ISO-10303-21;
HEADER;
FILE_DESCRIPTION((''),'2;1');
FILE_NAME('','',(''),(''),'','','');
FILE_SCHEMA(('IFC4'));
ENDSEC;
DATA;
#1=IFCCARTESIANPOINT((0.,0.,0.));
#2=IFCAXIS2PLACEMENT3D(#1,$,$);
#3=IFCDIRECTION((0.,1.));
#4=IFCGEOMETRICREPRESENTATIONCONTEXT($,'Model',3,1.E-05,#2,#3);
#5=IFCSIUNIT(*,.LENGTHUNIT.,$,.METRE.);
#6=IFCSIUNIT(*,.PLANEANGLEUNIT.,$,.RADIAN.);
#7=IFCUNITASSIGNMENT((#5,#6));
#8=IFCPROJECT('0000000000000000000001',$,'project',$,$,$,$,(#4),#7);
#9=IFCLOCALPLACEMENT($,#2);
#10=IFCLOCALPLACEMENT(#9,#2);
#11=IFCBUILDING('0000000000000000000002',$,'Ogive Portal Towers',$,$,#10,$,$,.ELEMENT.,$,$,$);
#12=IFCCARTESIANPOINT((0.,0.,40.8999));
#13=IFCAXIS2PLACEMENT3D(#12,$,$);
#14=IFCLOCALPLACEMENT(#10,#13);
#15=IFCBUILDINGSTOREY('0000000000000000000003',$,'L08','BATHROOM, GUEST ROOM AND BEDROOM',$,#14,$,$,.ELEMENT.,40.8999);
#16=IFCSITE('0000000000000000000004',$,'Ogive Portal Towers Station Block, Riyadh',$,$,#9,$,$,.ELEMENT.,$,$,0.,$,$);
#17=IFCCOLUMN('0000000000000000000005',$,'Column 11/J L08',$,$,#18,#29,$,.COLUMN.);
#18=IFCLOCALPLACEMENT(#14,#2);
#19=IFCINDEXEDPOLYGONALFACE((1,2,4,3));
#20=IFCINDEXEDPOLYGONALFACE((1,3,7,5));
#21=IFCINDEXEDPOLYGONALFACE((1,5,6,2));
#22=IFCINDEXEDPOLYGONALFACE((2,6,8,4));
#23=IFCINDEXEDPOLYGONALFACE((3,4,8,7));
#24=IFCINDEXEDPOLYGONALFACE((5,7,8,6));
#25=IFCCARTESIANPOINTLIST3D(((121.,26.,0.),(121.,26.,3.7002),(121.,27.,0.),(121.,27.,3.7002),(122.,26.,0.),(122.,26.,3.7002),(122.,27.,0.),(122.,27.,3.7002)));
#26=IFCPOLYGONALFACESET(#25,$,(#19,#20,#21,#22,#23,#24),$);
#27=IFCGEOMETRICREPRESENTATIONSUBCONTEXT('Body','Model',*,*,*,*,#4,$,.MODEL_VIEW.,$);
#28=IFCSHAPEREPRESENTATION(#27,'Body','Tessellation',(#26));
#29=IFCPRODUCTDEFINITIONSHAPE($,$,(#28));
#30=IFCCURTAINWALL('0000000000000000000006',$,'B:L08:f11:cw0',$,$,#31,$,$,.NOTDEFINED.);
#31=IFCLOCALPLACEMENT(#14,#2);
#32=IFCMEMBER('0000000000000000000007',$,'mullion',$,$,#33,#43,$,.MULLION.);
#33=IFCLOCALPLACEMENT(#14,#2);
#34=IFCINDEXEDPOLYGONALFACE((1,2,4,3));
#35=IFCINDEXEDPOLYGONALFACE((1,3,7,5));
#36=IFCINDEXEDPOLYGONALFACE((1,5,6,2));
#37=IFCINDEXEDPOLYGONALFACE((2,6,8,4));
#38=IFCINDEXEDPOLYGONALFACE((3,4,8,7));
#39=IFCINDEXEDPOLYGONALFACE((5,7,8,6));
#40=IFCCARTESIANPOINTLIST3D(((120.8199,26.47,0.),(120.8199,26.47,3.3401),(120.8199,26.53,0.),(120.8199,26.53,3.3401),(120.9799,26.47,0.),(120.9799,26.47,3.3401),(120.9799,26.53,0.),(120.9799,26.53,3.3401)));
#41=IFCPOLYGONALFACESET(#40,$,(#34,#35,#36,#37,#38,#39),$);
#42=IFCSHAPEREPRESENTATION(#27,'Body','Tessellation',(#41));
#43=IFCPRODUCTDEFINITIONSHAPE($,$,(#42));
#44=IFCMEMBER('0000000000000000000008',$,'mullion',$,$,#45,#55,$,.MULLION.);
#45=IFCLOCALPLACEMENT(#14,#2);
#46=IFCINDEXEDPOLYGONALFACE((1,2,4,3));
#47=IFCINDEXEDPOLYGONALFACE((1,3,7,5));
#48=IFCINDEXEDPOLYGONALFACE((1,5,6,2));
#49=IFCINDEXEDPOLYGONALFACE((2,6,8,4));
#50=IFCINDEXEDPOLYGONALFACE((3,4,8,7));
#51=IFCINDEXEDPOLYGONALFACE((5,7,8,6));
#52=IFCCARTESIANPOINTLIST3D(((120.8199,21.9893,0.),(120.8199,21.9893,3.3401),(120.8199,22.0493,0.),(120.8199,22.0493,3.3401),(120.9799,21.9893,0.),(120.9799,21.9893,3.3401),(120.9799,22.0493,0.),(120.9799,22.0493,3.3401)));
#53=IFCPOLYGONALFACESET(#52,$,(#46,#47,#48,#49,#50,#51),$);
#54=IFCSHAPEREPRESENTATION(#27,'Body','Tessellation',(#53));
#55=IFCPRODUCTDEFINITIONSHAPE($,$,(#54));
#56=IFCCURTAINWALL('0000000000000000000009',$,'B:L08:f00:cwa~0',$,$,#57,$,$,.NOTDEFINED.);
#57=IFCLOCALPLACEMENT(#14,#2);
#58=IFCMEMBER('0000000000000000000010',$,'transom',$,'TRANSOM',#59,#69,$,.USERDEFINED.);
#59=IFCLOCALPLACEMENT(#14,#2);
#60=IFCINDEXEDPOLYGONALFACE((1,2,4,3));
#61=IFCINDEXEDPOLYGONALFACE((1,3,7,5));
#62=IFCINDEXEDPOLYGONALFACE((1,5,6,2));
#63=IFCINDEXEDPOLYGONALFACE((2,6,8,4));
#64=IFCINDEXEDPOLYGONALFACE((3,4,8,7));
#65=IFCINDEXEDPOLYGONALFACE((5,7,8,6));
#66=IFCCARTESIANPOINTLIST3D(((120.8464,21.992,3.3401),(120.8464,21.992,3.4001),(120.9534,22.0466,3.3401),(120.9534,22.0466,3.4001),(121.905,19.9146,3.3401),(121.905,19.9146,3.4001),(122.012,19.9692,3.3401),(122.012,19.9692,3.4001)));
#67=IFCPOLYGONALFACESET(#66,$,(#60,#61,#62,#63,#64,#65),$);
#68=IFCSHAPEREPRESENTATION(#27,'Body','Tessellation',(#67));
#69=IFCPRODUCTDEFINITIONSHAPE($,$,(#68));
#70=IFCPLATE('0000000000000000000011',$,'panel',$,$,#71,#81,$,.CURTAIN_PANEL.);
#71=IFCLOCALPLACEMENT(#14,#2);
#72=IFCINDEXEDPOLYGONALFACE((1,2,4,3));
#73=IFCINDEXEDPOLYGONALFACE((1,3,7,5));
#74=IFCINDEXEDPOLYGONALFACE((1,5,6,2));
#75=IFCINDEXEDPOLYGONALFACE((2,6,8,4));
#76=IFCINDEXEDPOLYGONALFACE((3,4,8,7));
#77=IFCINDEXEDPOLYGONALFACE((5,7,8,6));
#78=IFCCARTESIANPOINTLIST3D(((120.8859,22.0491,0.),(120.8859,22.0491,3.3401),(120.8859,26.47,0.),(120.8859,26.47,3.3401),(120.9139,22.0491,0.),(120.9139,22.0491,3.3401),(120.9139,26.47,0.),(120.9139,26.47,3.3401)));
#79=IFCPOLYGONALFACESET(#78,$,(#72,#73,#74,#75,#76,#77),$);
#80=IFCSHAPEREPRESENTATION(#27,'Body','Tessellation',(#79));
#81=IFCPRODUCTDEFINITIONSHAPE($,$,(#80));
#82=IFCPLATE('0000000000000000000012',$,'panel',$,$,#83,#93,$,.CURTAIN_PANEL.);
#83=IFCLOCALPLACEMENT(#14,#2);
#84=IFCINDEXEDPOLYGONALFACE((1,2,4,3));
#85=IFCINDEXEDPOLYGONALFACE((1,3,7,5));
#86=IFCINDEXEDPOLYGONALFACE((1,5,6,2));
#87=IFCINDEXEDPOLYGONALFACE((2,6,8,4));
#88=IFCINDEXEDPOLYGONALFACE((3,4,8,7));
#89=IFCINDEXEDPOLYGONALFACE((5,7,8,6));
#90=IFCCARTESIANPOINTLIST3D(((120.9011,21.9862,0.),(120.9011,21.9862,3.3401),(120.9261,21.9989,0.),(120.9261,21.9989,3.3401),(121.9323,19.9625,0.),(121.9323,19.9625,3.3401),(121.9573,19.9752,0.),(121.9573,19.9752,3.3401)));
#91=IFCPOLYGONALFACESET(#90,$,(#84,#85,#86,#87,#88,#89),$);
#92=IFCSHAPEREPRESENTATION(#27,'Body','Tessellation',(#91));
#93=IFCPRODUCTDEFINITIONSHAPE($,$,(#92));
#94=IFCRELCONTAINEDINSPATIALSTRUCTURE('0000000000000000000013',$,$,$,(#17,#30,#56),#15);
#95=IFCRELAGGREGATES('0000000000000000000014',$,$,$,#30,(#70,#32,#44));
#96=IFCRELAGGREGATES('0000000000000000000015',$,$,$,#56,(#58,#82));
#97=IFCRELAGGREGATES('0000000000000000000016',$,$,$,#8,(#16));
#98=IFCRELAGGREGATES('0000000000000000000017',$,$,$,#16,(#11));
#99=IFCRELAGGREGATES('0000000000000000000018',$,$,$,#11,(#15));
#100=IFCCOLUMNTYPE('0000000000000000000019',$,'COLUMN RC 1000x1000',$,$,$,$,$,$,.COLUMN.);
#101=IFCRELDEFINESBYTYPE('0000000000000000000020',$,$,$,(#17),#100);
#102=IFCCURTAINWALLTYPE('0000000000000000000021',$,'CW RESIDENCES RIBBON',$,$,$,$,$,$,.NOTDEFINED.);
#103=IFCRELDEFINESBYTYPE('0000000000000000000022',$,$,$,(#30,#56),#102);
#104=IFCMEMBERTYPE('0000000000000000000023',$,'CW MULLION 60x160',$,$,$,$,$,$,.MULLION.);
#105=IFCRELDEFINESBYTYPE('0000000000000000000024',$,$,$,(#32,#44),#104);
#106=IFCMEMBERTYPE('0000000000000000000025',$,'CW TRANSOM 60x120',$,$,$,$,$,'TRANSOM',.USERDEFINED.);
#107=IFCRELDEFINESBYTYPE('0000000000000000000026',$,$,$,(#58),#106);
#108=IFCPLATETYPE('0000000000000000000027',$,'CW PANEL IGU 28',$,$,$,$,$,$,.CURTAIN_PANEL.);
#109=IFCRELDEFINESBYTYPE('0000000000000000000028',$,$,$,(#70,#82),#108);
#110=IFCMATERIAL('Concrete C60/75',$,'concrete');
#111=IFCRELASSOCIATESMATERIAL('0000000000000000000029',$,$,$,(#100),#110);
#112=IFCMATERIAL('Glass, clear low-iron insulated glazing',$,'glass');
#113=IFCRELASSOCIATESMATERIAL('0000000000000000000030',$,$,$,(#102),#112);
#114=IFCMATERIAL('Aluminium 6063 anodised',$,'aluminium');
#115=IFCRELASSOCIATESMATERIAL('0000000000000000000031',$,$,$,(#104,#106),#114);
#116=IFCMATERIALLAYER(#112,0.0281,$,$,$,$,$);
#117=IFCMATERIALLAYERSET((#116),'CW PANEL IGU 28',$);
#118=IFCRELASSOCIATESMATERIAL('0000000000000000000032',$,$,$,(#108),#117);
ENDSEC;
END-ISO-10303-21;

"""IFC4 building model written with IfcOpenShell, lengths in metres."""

from ifc_helpers import new_model, si_unit, direction, frame, origin, origin_2d, place, context, subcontext, project, spatial, rectangle, extrude, material, layer, layer_set, material_profile, profile_set, type_object, element, aggregate, save


model = new_model("IFC4")

# Units and contexts
model_context = context("Model", 3, precision=1e-05, world=origin(), true_north=direction((0.0, 1.0)))
body_context = subcontext(model_context, "Body", "Model", "MODEL_VIEW")
ifc_project = project(units=[si_unit("LENGTHUNIT", "METRE"), si_unit("PLANEANGLEUNIT", "RADIAN")], contexts=[model_context])

# Site, building, storey
site_placement = place(None, origin())
site = spatial("IfcSite", under=ifc_project, at=site_placement, Name="Ogive Portal Towers Station Block, Riyadh", CompositionType="ELEMENT", RefElevation=0.0)
building_placement = place(site_placement, origin())
building = spatial("IfcBuilding", under=site, at=building_placement, Name="Ogive Portal Towers", CompositionType="ELEMENT")
storey_placement = place(building_placement, frame((0.0, 0.0, 40.8999)))
storey = spatial("IfcBuildingStorey", under=building, at=storey_placement, Name="L08", Description="BATHROOM, GUEST ROOM AND BEDROOM", CompositionType="ELEMENT", Elevation=40.8999)

# Column
ifc_material_1 = material(Name="Concrete C60/75", Category="concrete")
ifc_material_profile_1 = material_profile(ifc_material_1, rectangle(XDim=1.0, YDim=1.0, at=origin_2d()), Name="RC 1000x1000")
ifc_profile_set_1 = profile_set([ifc_material_profile_1], Name="Concrete C60/75")
column_type = type_object("IfcColumnType", Name="COLUMN RC 1000x1000", PredefinedType="COLUMN", material=ifc_profile_set_1)
column_placement = place(storey_placement, frame((121.5, 26.5, 0.0), z_axis=(0.0, 0.0, 1.0), x_axis=(1.0, 0.0, 0.0)))
element("IfcColumn", 1, at=column_placement, inside=storey, type_object=column_type, Name="Column 11/J L08", PredefinedType="COLUMN", context=body_context, shape_type="SweptSolid", body=[
    extrude(rectangle(XDim=1.0, YDim=1.0, at=origin_2d()), origin(), (0.0, 0.0, 1.0), 3.7002),
])

# Curtain wall, members
ifc_material_2 = material(Name="Glass, clear low-iron insulated glazing", Category="glass")
curtain_wall_type = type_object("IfcCurtainWallType", Name="CW RESIDENCES RIBBON", PredefinedType="NOTDEFINED", material=ifc_material_2)
curtain_wall_1_placement = place(storey_placement, origin())
curtain_wall_1 = element("IfcCurtainWall", 2, at=curtain_wall_1_placement, inside=storey, type_object=curtain_wall_type, Name="B:L08:f11:cw0", PredefinedType="NOTDEFINED")
ifc_material_3 = material(Name="Aluminium 6063 anodised", Category="aluminium")
ifc_material_profile_2 = material_profile(ifc_material_3, rectangle(XDim=0.1599, YDim=0.0601, at=origin_2d()), Name="AL 60x160")
ifc_profile_set_2 = profile_set([ifc_material_profile_2], Name="Aluminium 6063 anodised")
member_type_1 = type_object("IfcMemberType", Name="CW MULLION 60x160", PredefinedType="MULLION", material=ifc_profile_set_2)
member_1_placement = place(storey_placement, frame((120.8999, 26.5, 0.0), z_axis=(0.0, 0.0, 1.0), x_axis=(1.0, 0.0, 0.0)))
member_1 = element("IfcMember", 3, at=member_1_placement, type_object=member_type_1, Name="mullion", PredefinedType="MULLION", context=body_context, shape_type="SweptSolid", body=[
    extrude(rectangle(XDim=0.1599, YDim=0.0601, at=origin_2d()), origin(), (0.0, 0.0, 1.0), 3.3401),
])
member_2_placement = place(storey_placement, frame((120.8999, 22.0193, 0.0), z_axis=(0.0, 0.0, 1.0), x_axis=(1.0, 0.0, 0.0)))
member_2 = element("IfcMember", 4, at=member_2_placement, type_object=member_type_1, Name="mullion", PredefinedType="MULLION", context=body_context, shape_type="SweptSolid", body=[
    extrude(rectangle(XDim=0.1599, YDim=0.0601, at=origin_2d()), origin(), (0.0, 0.0, 1.0), 3.3401),
])

# Curtain wall, member
curtain_wall_2_placement = place(storey_placement, origin())
curtain_wall_2 = element("IfcCurtainWall", 5, at=curtain_wall_2_placement, inside=storey, type_object=curtain_wall_type, Name="B:L08:f00:cwa~0", PredefinedType="NOTDEFINED")
ifc_material_profile_3 = material_profile(ifc_material_3, rectangle(XDim=0.1201, YDim=0.0601, at=origin_2d()), Name="AL 120x60")
ifc_profile_set_3 = profile_set([ifc_material_profile_3], Name="Aluminium 6063 anodised")
member_type_2 = type_object("IfcMemberType", Name="CW TRANSOM 60x120", ElementType="TRANSOM", PredefinedType="USERDEFINED", material=ifc_profile_set_3)
member_3_placement = place(storey_placement, frame((120.8999, 22.0193, 3.3701), z_axis=(0.454028, -0.890988, 0.0), x_axis=(0.890988, 0.454028, 0.0)))
member_3 = element("IfcMember", 6, at=member_3_placement, type_object=member_type_2, Name="transom", ObjectType="TRANSOM", PredefinedType="USERDEFINED", context=body_context, shape_type="SweptSolid", body=[
    extrude(rectangle(XDim=0.1201, YDim=0.0601, at=origin_2d()), origin(), (0.0, 0.0, 1.0), 2.3315),
])

# Plates
ifc_layer_1 = layer(ifc_material_2, 0.0281)
ifc_layer_set_1 = layer_set([ifc_layer_1], Name="CW PANEL IGU 28")
plate_type = type_object("IfcPlateType", Name="CW PANEL IGU 28", PredefinedType="CURTAIN_PANEL", material=ifc_layer_set_1)
plate_1_placement = place(storey_placement, frame((120.8999, 24.2595, 0.0), z_axis=(0.0, 0.0, 1.0), x_axis=(0.0, -1.0, 0.0)))
plate_1 = element("IfcPlate", 7, at=plate_1_placement, type_object=plate_type, Name="panel", PredefinedType="CURTAIN_PANEL", context=body_context, shape_type="SweptSolid", body=[
    extrude(rectangle(XDim=4.4209, YDim=0.0281, at=origin_2d()), origin(), (0.0, 0.0, 1.0), 3.3401),
])
aggregate(curtain_wall_1, [plate_1, member_1, member_2])
plate_2_placement = place(storey_placement, frame((121.4292, 20.9807, 0.0), z_axis=(0.0, 0.0, 1.0), x_axis=(0.45399, -0.891007, 0.0)))
plate_2 = element("IfcPlate", 8, at=plate_2_placement, type_object=plate_type, Name="panel", PredefinedType="CURTAIN_PANEL", context=body_context, shape_type="SweptSolid", body=[
    extrude(rectangle(XDim=2.2712, YDim=0.0281, at=origin_2d()), origin(), (0.0, 0.0, 1.0), 3.3401),
])
aggregate(curtain_wall_2, [member_3, plate_2])

save(model, "model.ifc")
